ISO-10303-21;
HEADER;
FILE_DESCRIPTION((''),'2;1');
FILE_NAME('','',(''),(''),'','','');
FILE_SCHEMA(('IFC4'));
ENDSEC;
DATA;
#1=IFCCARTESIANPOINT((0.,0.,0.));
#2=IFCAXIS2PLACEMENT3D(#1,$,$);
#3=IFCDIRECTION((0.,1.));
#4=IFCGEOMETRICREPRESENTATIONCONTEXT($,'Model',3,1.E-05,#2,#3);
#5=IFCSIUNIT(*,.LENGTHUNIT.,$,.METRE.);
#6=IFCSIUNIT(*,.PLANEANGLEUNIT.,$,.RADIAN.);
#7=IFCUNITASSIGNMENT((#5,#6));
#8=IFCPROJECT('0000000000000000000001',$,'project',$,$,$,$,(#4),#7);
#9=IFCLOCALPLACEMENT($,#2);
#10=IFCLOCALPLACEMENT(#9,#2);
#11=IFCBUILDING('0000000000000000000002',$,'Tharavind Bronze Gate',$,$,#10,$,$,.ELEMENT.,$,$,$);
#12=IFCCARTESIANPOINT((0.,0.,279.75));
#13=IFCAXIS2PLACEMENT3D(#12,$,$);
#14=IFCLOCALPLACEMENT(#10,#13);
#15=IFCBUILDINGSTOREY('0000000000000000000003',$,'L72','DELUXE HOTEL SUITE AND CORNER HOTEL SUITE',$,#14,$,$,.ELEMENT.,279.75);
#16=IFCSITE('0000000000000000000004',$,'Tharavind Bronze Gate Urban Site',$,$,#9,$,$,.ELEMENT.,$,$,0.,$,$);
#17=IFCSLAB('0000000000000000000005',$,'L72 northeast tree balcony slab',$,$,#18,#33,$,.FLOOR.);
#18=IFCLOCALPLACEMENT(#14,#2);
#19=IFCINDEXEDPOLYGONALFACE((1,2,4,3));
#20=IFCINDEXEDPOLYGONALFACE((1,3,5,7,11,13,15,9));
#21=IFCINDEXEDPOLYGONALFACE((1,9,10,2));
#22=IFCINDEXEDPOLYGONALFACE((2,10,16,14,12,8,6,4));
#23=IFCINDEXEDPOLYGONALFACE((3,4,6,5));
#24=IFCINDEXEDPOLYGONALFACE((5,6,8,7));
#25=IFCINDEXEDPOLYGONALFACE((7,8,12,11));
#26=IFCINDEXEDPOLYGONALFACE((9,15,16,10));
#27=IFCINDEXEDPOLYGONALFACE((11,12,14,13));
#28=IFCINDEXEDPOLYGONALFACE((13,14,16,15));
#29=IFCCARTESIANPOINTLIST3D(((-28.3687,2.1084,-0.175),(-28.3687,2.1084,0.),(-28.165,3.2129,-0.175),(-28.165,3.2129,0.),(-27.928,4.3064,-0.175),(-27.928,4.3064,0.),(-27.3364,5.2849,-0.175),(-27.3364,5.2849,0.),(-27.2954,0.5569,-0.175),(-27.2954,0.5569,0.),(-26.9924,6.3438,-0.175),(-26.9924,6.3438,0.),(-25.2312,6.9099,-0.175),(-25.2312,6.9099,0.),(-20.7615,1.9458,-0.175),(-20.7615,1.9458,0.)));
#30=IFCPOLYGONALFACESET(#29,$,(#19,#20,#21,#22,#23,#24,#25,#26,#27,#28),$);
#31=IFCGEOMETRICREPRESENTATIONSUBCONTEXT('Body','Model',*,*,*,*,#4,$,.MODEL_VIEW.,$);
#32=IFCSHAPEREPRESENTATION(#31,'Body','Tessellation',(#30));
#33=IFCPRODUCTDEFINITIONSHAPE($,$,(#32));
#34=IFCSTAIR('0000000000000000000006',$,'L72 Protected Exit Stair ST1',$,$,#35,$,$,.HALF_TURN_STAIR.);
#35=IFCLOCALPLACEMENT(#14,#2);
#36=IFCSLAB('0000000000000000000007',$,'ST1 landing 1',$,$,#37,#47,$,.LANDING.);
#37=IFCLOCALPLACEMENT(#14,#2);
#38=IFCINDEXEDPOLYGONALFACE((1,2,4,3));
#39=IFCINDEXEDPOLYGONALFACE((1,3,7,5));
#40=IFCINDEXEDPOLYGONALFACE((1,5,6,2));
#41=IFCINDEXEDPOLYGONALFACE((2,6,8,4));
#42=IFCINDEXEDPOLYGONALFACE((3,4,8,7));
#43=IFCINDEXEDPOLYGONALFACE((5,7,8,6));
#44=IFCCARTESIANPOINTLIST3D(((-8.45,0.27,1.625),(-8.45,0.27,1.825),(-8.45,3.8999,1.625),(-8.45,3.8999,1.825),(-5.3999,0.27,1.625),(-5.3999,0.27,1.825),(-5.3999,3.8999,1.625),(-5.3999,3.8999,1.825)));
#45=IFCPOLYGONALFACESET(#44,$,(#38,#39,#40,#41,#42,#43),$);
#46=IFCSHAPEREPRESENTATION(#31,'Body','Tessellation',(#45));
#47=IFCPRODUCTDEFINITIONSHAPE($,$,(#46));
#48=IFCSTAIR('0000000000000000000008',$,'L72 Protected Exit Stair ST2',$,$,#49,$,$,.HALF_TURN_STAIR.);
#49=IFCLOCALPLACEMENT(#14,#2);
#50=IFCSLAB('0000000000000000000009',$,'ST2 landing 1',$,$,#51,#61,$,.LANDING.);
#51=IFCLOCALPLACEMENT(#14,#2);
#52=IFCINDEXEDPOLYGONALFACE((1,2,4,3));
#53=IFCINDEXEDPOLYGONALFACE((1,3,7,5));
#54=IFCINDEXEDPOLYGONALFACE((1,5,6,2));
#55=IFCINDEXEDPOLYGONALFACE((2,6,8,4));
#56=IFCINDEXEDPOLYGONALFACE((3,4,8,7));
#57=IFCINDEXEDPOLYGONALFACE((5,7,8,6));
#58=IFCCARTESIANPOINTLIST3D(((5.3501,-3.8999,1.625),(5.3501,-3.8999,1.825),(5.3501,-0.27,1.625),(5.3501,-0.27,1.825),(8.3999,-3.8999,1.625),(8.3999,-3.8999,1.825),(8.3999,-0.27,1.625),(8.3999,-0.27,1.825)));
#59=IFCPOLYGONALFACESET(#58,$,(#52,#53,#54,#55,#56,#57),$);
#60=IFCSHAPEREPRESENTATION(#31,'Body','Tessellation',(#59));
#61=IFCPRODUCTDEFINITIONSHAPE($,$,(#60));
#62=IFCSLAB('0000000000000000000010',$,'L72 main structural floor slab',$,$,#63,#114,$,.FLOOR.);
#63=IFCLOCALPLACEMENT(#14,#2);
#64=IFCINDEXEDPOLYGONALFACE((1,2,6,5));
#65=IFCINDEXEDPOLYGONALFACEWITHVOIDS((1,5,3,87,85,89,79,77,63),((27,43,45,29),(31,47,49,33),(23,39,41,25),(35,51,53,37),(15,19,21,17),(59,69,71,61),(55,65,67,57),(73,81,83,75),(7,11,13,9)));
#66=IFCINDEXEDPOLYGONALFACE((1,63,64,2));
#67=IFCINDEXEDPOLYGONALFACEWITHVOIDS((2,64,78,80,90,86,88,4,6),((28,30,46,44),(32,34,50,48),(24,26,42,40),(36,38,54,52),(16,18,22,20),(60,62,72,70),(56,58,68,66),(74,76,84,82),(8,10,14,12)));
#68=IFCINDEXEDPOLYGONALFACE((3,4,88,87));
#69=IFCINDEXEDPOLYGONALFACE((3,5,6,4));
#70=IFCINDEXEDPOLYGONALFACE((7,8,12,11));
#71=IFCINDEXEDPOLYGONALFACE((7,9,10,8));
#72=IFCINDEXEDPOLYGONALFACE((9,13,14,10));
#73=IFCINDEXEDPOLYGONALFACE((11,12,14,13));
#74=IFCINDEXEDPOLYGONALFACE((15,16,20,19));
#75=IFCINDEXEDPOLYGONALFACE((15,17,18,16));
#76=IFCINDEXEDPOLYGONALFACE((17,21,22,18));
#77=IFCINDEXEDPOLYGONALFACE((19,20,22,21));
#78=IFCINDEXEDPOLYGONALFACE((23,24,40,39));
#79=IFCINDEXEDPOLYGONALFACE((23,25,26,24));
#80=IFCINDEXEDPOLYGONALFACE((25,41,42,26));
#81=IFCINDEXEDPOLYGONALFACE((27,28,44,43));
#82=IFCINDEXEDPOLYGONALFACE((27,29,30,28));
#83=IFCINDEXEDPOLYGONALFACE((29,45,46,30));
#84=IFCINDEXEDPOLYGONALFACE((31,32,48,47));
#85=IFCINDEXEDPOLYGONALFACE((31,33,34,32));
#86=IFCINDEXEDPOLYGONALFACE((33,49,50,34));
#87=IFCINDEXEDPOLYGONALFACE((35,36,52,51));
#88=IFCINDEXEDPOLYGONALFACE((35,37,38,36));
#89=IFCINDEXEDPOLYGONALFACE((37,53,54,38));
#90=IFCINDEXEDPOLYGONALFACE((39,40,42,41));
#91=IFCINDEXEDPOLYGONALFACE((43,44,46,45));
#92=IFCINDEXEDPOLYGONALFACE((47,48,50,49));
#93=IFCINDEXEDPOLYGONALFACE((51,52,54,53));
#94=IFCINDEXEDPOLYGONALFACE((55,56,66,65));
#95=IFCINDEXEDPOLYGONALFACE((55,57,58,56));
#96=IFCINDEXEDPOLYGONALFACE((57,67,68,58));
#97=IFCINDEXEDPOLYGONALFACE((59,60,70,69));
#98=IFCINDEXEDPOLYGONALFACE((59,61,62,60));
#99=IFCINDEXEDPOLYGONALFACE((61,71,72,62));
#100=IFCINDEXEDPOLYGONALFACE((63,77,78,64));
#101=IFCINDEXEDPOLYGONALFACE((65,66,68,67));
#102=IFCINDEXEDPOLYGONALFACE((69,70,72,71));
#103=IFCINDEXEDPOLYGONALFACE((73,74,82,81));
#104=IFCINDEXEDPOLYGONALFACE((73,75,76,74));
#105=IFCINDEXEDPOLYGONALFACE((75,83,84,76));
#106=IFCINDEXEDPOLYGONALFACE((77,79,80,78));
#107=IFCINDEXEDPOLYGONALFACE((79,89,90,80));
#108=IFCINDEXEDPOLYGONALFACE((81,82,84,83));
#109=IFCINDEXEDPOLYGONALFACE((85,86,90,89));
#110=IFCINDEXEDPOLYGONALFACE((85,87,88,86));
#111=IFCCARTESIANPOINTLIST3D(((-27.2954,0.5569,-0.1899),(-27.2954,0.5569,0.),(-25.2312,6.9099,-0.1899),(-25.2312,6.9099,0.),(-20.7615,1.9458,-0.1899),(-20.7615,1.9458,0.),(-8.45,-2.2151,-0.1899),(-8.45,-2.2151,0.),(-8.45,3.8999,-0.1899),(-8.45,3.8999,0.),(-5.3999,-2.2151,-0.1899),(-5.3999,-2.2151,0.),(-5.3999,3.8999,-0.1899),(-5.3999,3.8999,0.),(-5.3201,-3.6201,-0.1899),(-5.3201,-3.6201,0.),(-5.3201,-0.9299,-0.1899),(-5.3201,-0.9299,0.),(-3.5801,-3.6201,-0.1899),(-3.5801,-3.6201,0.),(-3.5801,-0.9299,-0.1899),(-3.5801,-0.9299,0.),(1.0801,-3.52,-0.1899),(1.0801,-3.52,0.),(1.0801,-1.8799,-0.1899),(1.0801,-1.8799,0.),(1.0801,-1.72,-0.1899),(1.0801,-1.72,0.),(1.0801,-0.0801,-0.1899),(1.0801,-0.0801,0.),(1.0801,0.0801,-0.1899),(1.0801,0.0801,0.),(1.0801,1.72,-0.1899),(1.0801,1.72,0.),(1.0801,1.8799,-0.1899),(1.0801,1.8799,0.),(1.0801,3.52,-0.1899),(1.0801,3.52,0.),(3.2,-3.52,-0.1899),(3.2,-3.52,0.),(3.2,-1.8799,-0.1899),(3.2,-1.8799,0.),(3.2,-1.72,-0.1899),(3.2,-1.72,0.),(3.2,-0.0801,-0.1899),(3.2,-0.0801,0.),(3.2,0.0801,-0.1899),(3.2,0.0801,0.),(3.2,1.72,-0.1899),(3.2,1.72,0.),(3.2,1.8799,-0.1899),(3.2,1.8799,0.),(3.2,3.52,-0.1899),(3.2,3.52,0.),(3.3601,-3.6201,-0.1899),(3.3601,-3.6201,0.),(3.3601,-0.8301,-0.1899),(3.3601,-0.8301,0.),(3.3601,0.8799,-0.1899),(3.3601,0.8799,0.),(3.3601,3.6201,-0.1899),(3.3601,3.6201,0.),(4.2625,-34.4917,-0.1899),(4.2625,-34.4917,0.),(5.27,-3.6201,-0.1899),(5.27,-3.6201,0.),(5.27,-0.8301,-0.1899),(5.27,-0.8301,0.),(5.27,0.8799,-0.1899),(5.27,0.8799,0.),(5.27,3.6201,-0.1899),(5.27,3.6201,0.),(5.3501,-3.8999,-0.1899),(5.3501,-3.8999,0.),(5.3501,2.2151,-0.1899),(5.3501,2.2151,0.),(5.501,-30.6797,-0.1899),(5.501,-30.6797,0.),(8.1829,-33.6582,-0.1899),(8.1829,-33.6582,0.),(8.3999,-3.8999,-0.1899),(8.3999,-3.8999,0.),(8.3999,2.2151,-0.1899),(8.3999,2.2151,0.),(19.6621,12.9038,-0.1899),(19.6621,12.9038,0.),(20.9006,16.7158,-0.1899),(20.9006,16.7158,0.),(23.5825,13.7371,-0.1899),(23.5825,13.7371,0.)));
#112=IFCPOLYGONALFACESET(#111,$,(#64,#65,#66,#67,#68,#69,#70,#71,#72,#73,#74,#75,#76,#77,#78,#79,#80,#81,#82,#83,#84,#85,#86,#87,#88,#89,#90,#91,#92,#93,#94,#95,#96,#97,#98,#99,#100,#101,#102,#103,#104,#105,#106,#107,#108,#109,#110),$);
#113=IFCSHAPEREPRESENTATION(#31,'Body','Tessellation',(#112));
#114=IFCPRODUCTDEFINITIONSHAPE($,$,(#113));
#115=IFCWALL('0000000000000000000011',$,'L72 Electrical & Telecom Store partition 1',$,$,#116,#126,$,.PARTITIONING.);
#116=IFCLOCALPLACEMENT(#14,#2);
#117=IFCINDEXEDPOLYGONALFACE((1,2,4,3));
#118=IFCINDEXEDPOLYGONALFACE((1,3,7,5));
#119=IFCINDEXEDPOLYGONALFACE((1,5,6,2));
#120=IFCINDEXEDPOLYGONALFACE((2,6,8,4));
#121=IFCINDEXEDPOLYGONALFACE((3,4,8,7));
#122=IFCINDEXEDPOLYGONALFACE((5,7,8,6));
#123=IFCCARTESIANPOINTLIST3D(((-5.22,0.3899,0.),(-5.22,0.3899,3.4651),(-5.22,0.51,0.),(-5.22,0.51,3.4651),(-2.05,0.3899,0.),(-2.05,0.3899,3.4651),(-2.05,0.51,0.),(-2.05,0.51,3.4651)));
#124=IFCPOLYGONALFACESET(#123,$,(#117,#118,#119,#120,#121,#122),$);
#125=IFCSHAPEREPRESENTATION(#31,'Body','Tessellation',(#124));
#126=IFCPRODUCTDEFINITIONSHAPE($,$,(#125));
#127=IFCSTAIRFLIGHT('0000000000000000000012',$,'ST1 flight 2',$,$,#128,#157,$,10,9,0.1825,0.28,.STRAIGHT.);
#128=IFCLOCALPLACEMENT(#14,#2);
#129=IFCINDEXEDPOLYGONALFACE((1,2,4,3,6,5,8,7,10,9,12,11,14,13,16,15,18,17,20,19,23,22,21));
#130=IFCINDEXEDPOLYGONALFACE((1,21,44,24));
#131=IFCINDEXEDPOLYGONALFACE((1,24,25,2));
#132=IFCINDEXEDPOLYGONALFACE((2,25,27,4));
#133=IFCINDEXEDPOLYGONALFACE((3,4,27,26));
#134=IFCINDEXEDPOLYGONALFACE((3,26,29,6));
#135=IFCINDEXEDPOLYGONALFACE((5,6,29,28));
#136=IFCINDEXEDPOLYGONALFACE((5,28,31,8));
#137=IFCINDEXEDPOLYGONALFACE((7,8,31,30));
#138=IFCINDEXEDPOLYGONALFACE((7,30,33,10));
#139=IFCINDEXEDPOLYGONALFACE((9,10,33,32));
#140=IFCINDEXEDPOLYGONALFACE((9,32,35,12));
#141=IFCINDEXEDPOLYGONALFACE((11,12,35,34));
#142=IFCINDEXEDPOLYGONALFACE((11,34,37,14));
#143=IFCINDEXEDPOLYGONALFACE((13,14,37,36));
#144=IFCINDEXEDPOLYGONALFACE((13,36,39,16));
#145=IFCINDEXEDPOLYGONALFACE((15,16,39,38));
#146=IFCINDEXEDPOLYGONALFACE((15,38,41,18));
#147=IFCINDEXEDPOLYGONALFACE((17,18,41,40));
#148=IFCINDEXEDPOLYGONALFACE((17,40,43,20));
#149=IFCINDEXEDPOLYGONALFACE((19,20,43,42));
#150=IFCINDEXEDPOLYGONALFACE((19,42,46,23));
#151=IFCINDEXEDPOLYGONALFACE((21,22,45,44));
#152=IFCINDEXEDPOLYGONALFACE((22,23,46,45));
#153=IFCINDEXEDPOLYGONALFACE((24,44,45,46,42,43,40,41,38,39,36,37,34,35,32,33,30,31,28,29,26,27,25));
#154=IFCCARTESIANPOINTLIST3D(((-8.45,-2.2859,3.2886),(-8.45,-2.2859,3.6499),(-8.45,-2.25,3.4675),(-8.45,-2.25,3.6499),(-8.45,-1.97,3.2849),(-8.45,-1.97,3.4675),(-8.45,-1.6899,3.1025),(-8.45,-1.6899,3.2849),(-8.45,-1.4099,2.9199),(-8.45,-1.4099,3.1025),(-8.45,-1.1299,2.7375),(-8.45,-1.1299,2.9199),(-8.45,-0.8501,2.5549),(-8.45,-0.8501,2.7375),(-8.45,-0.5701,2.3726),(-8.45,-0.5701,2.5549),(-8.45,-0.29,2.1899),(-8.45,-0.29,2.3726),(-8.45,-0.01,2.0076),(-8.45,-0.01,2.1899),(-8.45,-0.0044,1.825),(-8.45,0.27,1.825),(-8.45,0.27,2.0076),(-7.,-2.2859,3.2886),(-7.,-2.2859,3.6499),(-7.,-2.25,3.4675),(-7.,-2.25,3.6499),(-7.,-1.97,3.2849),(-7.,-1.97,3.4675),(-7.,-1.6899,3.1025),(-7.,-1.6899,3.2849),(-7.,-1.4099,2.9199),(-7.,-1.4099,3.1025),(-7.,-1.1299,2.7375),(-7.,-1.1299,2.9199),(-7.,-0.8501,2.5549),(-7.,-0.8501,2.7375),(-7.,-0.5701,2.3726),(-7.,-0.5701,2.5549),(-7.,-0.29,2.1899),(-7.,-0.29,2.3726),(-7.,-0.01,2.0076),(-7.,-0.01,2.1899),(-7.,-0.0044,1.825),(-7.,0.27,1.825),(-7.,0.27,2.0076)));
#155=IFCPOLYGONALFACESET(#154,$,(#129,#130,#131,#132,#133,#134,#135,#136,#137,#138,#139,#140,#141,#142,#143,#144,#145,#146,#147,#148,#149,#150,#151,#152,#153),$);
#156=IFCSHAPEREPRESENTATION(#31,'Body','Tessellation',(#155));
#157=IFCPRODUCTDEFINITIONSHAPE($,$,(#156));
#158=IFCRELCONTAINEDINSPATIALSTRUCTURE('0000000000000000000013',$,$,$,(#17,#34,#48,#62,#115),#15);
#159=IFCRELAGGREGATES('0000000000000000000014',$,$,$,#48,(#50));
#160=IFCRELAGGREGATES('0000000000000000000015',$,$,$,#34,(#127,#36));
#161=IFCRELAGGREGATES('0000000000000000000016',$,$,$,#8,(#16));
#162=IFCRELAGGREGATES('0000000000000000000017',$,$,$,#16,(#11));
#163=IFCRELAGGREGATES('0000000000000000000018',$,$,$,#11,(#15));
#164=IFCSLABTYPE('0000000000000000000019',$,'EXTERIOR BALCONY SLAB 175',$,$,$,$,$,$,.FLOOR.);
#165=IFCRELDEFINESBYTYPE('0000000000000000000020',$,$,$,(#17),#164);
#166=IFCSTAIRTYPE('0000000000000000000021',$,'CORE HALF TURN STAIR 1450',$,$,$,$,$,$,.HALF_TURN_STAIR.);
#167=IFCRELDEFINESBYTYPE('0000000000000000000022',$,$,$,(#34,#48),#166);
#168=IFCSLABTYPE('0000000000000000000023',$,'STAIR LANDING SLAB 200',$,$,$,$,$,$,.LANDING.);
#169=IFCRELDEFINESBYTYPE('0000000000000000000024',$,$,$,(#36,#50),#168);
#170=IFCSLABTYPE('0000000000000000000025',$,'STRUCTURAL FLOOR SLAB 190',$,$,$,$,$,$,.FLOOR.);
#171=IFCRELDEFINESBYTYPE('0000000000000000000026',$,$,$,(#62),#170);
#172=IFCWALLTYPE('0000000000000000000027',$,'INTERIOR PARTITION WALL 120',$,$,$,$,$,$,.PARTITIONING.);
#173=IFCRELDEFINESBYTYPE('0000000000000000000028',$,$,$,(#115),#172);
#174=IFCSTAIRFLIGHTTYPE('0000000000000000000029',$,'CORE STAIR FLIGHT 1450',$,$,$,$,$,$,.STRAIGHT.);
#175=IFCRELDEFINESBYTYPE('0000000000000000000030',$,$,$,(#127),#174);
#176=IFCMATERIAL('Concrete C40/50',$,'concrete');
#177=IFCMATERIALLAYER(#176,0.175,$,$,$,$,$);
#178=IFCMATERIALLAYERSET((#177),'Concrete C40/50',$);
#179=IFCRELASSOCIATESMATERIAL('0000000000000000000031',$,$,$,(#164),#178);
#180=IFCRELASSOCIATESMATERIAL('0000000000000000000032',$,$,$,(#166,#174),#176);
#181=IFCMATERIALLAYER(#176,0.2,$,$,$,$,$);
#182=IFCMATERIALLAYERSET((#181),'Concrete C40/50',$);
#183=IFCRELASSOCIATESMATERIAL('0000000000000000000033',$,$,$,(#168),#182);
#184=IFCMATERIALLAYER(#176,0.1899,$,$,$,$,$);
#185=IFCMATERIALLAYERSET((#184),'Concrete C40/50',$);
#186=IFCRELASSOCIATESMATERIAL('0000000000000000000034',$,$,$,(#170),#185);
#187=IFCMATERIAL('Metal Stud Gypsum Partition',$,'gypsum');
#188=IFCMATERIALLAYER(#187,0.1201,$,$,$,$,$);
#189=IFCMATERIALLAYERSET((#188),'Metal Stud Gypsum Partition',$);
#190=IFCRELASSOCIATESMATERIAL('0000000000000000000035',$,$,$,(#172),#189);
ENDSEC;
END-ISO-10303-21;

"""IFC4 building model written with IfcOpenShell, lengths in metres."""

from ifc_helpers import new_model, si_unit, direction, frame, frame_2d, origin, place, context, subcontext, project, spatial, polyline, rectangle, outline, extrude, material, layer, layer_set, type_object, element, aggregate, save


model = new_model("IFC4")

# Units and contexts
model_context = context("Model", 3, precision=1e-05, world=origin(), true_north=direction((0.0, 1.0)))
body_context = subcontext(model_context, "Body", "Model", "MODEL_VIEW")
ifc_project = project(units=[si_unit("LENGTHUNIT", "METRE"), si_unit("PLANEANGLEUNIT", "RADIAN")], contexts=[model_context])

# Site, building, storey
site_placement = place(None, origin())
site = spatial("IfcSite", under=ifc_project, at=site_placement, Name="Tharavind Bronze Gate Urban Site", CompositionType="ELEMENT", RefElevation=0.0)
building_placement = place(site_placement, origin())
building = spatial("IfcBuilding", under=site, at=building_placement, Name="Tharavind Bronze Gate", CompositionType="ELEMENT")
storey_placement = place(building_placement, frame((0.0, 0.0, 279.75)))
storey = spatial("IfcBuildingStorey", under=building, at=storey_placement, Name="L72", Description="DELUXE HOTEL SUITE AND CORNER HOTEL SUITE", CompositionType="ELEMENT", Elevation=279.75)

# Slab
ifc_material_1 = material(Name="Concrete C40/50", Category="concrete")
ifc_layer_1 = layer(ifc_material_1, 0.175)
ifc_layer_set_1 = layer_set([ifc_layer_1], Name="Concrete C40/50")
slab_type_1 = type_object("IfcSlabType", Name="EXTERIOR BALCONY SLAB 175", PredefinedType="FLOOR", material=ifc_layer_set_1)
slab_1_placement = place(storey_placement, frame((0.0, 0.0, -0.175)))
element("IfcSlab", 1, at=slab_1_placement, inside=storey, type_object=slab_type_1, Name="L72 northeast tree balcony slab", PredefinedType="FLOOR", context=body_context, shape_type="SweptSolid", body=[
    extrude(outline(polyline([(-26.9924, 6.3438), (-27.3364, 5.2849), (-27.928, 4.3064), (-28.165, 3.2129), (-28.3687, 2.1084), (-27.2954, 0.5569), (-20.7615, 1.9458), (-25.2312, 6.9099), (-26.9924, 6.3438)])), origin(), (0.0, 0.0, 1.0), 0.175),
])

# Stairs, slabs
stair_type = type_object("IfcStairType", Name="CORE HALF TURN STAIR 1450", PredefinedType="HALF_TURN_STAIR", material=ifc_material_1)
stair_1_placement = place(storey_placement, origin())
stair_1 = element("IfcStair", 2, at=stair_1_placement, inside=storey, type_object=stair_type, Name="L72 Protected Exit Stair ST1", PredefinedType="HALF_TURN_STAIR")
ifc_layer_2 = layer(ifc_material_1, 0.2)
ifc_layer_set_2 = layer_set([ifc_layer_2], Name="Concrete C40/50")
slab_type_2 = type_object("IfcSlabType", Name="STAIR LANDING SLAB 200", PredefinedType="LANDING", material=ifc_layer_set_2)
slab_2_placement = place(storey_placement, frame((0.0, 0.0, 1.625)))
slab_2 = element("IfcSlab", 3, at=slab_2_placement, type_object=slab_type_2, Name="ST1 landing 1", PredefinedType="LANDING", context=body_context, shape_type="SweptSolid", body=[
    extrude(outline(polyline([(-5.3999, 0.27), (-5.3999, 3.8999), (-8.45, 3.8999), (-8.45, 0.27), (-5.3999, 0.27)])), origin(), (0.0, 0.0, 1.0), 0.2),
])
stair_2_placement = place(storey_placement, origin())
stair_2 = element("IfcStair", 4, at=stair_2_placement, inside=storey, type_object=stair_type, Name="L72 Protected Exit Stair ST2", PredefinedType="HALF_TURN_STAIR")
slab_3_placement = place(storey_placement, frame((0.0, 0.0, 1.625)))
slab_3 = element("IfcSlab", 5, at=slab_3_placement, type_object=slab_type_2, Name="ST2 landing 1", PredefinedType="LANDING", context=body_context, shape_type="SweptSolid", body=[
    extrude(outline(polyline([(5.3501, -0.27), (5.3501, -3.8999), (8.3999, -3.8999), (8.3999, -0.27), (5.3501, -0.27)])), origin(), (0.0, 0.0, 1.0), 0.2),
])
aggregate(stair_2, [slab_3])

# Slab
ifc_layer_3 = layer(ifc_material_1, 0.1899)
ifc_layer_set_3 = layer_set([ifc_layer_3], Name="Concrete C40/50")
slab_type_3 = type_object("IfcSlabType", Name="STRUCTURAL FLOOR SLAB 190", PredefinedType="FLOOR", material=ifc_layer_set_3)
slab_4_placement = place(storey_placement, frame((0.0, 0.0, -0.1899)))
element("IfcSlab", 6, at=slab_4_placement, inside=storey, type_object=slab_type_3, Name="L72 main structural floor slab", PredefinedType="FLOOR", context=body_context, shape_type="SweptSolid", body=[
    extrude(outline(polyline([(-25.2312, 6.9099), (-20.7615, 1.9458), (-27.2954, 0.5569), (4.2625, -34.4917), (5.501, -30.6797), (8.1829, -33.6582), (23.5825, 13.7371), (19.6621, 12.9038), (20.9006, 16.7158), (-25.2312, 6.9099)]), holes=[polyline([(-5.3999, -2.2151), (-5.3999, 3.8999), (-8.45, 3.8999), (-8.45, -2.2151), (-5.3999, -2.2151)]), polyline([(5.3501, 2.2151), (5.3501, -3.8999), (8.3999, -3.8999), (8.3999, 2.2151), (5.3501, 2.2151)]), polyline([(1.0801, -3.52), (3.2, -3.52), (3.2, -1.8799), (1.0801, -1.8799), (1.0801, -3.52)]), polyline([(1.0801, -1.72), (3.2, -1.72), (3.2, -0.0801), (1.0801, -0.0801), (1.0801, -1.72)]), polyline([(1.0801, 0.0801), (3.2, 0.0801), (3.2, 1.72), (1.0801, 1.72), (1.0801, 0.0801)]), polyline([(1.0801, 1.8799), (3.2, 1.8799), (3.2, 3.52), (1.0801, 3.52), (1.0801, 1.8799)]), polyline([(-5.3201, -3.6201), (-3.5801, -3.6201), (-3.5801, -0.9299), (-5.3201, -0.9299), (-5.3201, -3.6201)]), polyline([(3.3601, 0.8799), (5.27, 0.8799), (5.27, 3.6201), (3.3601, 3.6201), (3.3601, 0.8799)]), polyline([(3.3601, -3.6201), (5.27, -3.6201), (5.27, -0.8301), (3.3601, -0.8301), (3.3601, -3.6201)])]), origin(), (0.0, 0.0, 1.0), 0.1899),
])

# Wall
ifc_material_2 = material(Name="Metal Stud Gypsum Partition", Category="gypsum")
ifc_layer_4 = layer(ifc_material_2, 0.1201)
ifc_layer_set_4 = layer_set([ifc_layer_4], Name="Metal Stud Gypsum Partition")
wall_type = type_object("IfcWallType", Name="INTERIOR PARTITION WALL 120", PredefinedType="PARTITIONING", material=ifc_layer_set_4)
wall_placement = place(storey_placement, frame((-5.22, 0.45, 0.0), z_axis=(0.0, 0.0, 1.0), x_axis=(1.0, 0.0, 0.0)))
element("IfcWall", 7, at=wall_placement, inside=storey, type_object=wall_type, Name="L72 Electrical & Telecom Store partition 1", PredefinedType="PARTITIONING", context=body_context, shape_type="SweptSolid", body=[
    extrude(rectangle(XDim=3.1699, YDim=0.1201, at=frame_2d((1.585, 0.0))), origin(), (0.0, 0.0, 1.0), 3.4651),
])

# Stair flight
stair_flight_type = type_object("IfcStairFlightType", Name="CORE STAIR FLIGHT 1450", PredefinedType="STRAIGHT", material=ifc_material_1)
stair_flight_placement = place(storey_placement, frame((-7.7251, 0.27, 1.825), z_axis=(0.0, 0.0, 1.0), x_axis=(0.0, -1.0, 0.0)))
stair_flight = element("IfcStairFlight", 8, at=stair_flight_placement, type_object=stair_flight_type, Name="ST1 flight 2", NumberOfRisers=10, NumberOfTreads=9, PredefinedType="STRAIGHT", RiserHeight=0.1825, TreadLength=0.28, context=body_context, shape_type="SweptSolid", body=[
    extrude(outline(polyline([(0.0, 0.0), (0.0, 0.1826), (0.28, 0.1826), (0.28, 0.365), (0.5601, 0.365), (0.5601, 0.5476), (0.8401, 0.5476), (0.8401, 0.73), (1.1201, 0.73), (1.1201, 0.9126), (1.3999, 0.9126), (1.3999, 1.095), (1.6799, 1.095), (1.6799, 1.2776), (1.96, 1.2776), (1.96, 1.46), (2.24, 1.46), (2.24, 1.6426), (2.52, 1.6426), (2.52, 1.825), (2.5559, 1.825), (2.5559, 1.4636), (0.2744, 0.0), (0.0, 0.0)])), frame((0.0, 0.7251, 0.0), z_axis=(0.0, -1.0, 0.0), x_axis=(1.0, 0.0, 0.0)), (0.0, 0.0, 1.0), 1.45),
])
aggregate(stair_1, [stair_flight, slab_2])

save(model, "model.ifc")
